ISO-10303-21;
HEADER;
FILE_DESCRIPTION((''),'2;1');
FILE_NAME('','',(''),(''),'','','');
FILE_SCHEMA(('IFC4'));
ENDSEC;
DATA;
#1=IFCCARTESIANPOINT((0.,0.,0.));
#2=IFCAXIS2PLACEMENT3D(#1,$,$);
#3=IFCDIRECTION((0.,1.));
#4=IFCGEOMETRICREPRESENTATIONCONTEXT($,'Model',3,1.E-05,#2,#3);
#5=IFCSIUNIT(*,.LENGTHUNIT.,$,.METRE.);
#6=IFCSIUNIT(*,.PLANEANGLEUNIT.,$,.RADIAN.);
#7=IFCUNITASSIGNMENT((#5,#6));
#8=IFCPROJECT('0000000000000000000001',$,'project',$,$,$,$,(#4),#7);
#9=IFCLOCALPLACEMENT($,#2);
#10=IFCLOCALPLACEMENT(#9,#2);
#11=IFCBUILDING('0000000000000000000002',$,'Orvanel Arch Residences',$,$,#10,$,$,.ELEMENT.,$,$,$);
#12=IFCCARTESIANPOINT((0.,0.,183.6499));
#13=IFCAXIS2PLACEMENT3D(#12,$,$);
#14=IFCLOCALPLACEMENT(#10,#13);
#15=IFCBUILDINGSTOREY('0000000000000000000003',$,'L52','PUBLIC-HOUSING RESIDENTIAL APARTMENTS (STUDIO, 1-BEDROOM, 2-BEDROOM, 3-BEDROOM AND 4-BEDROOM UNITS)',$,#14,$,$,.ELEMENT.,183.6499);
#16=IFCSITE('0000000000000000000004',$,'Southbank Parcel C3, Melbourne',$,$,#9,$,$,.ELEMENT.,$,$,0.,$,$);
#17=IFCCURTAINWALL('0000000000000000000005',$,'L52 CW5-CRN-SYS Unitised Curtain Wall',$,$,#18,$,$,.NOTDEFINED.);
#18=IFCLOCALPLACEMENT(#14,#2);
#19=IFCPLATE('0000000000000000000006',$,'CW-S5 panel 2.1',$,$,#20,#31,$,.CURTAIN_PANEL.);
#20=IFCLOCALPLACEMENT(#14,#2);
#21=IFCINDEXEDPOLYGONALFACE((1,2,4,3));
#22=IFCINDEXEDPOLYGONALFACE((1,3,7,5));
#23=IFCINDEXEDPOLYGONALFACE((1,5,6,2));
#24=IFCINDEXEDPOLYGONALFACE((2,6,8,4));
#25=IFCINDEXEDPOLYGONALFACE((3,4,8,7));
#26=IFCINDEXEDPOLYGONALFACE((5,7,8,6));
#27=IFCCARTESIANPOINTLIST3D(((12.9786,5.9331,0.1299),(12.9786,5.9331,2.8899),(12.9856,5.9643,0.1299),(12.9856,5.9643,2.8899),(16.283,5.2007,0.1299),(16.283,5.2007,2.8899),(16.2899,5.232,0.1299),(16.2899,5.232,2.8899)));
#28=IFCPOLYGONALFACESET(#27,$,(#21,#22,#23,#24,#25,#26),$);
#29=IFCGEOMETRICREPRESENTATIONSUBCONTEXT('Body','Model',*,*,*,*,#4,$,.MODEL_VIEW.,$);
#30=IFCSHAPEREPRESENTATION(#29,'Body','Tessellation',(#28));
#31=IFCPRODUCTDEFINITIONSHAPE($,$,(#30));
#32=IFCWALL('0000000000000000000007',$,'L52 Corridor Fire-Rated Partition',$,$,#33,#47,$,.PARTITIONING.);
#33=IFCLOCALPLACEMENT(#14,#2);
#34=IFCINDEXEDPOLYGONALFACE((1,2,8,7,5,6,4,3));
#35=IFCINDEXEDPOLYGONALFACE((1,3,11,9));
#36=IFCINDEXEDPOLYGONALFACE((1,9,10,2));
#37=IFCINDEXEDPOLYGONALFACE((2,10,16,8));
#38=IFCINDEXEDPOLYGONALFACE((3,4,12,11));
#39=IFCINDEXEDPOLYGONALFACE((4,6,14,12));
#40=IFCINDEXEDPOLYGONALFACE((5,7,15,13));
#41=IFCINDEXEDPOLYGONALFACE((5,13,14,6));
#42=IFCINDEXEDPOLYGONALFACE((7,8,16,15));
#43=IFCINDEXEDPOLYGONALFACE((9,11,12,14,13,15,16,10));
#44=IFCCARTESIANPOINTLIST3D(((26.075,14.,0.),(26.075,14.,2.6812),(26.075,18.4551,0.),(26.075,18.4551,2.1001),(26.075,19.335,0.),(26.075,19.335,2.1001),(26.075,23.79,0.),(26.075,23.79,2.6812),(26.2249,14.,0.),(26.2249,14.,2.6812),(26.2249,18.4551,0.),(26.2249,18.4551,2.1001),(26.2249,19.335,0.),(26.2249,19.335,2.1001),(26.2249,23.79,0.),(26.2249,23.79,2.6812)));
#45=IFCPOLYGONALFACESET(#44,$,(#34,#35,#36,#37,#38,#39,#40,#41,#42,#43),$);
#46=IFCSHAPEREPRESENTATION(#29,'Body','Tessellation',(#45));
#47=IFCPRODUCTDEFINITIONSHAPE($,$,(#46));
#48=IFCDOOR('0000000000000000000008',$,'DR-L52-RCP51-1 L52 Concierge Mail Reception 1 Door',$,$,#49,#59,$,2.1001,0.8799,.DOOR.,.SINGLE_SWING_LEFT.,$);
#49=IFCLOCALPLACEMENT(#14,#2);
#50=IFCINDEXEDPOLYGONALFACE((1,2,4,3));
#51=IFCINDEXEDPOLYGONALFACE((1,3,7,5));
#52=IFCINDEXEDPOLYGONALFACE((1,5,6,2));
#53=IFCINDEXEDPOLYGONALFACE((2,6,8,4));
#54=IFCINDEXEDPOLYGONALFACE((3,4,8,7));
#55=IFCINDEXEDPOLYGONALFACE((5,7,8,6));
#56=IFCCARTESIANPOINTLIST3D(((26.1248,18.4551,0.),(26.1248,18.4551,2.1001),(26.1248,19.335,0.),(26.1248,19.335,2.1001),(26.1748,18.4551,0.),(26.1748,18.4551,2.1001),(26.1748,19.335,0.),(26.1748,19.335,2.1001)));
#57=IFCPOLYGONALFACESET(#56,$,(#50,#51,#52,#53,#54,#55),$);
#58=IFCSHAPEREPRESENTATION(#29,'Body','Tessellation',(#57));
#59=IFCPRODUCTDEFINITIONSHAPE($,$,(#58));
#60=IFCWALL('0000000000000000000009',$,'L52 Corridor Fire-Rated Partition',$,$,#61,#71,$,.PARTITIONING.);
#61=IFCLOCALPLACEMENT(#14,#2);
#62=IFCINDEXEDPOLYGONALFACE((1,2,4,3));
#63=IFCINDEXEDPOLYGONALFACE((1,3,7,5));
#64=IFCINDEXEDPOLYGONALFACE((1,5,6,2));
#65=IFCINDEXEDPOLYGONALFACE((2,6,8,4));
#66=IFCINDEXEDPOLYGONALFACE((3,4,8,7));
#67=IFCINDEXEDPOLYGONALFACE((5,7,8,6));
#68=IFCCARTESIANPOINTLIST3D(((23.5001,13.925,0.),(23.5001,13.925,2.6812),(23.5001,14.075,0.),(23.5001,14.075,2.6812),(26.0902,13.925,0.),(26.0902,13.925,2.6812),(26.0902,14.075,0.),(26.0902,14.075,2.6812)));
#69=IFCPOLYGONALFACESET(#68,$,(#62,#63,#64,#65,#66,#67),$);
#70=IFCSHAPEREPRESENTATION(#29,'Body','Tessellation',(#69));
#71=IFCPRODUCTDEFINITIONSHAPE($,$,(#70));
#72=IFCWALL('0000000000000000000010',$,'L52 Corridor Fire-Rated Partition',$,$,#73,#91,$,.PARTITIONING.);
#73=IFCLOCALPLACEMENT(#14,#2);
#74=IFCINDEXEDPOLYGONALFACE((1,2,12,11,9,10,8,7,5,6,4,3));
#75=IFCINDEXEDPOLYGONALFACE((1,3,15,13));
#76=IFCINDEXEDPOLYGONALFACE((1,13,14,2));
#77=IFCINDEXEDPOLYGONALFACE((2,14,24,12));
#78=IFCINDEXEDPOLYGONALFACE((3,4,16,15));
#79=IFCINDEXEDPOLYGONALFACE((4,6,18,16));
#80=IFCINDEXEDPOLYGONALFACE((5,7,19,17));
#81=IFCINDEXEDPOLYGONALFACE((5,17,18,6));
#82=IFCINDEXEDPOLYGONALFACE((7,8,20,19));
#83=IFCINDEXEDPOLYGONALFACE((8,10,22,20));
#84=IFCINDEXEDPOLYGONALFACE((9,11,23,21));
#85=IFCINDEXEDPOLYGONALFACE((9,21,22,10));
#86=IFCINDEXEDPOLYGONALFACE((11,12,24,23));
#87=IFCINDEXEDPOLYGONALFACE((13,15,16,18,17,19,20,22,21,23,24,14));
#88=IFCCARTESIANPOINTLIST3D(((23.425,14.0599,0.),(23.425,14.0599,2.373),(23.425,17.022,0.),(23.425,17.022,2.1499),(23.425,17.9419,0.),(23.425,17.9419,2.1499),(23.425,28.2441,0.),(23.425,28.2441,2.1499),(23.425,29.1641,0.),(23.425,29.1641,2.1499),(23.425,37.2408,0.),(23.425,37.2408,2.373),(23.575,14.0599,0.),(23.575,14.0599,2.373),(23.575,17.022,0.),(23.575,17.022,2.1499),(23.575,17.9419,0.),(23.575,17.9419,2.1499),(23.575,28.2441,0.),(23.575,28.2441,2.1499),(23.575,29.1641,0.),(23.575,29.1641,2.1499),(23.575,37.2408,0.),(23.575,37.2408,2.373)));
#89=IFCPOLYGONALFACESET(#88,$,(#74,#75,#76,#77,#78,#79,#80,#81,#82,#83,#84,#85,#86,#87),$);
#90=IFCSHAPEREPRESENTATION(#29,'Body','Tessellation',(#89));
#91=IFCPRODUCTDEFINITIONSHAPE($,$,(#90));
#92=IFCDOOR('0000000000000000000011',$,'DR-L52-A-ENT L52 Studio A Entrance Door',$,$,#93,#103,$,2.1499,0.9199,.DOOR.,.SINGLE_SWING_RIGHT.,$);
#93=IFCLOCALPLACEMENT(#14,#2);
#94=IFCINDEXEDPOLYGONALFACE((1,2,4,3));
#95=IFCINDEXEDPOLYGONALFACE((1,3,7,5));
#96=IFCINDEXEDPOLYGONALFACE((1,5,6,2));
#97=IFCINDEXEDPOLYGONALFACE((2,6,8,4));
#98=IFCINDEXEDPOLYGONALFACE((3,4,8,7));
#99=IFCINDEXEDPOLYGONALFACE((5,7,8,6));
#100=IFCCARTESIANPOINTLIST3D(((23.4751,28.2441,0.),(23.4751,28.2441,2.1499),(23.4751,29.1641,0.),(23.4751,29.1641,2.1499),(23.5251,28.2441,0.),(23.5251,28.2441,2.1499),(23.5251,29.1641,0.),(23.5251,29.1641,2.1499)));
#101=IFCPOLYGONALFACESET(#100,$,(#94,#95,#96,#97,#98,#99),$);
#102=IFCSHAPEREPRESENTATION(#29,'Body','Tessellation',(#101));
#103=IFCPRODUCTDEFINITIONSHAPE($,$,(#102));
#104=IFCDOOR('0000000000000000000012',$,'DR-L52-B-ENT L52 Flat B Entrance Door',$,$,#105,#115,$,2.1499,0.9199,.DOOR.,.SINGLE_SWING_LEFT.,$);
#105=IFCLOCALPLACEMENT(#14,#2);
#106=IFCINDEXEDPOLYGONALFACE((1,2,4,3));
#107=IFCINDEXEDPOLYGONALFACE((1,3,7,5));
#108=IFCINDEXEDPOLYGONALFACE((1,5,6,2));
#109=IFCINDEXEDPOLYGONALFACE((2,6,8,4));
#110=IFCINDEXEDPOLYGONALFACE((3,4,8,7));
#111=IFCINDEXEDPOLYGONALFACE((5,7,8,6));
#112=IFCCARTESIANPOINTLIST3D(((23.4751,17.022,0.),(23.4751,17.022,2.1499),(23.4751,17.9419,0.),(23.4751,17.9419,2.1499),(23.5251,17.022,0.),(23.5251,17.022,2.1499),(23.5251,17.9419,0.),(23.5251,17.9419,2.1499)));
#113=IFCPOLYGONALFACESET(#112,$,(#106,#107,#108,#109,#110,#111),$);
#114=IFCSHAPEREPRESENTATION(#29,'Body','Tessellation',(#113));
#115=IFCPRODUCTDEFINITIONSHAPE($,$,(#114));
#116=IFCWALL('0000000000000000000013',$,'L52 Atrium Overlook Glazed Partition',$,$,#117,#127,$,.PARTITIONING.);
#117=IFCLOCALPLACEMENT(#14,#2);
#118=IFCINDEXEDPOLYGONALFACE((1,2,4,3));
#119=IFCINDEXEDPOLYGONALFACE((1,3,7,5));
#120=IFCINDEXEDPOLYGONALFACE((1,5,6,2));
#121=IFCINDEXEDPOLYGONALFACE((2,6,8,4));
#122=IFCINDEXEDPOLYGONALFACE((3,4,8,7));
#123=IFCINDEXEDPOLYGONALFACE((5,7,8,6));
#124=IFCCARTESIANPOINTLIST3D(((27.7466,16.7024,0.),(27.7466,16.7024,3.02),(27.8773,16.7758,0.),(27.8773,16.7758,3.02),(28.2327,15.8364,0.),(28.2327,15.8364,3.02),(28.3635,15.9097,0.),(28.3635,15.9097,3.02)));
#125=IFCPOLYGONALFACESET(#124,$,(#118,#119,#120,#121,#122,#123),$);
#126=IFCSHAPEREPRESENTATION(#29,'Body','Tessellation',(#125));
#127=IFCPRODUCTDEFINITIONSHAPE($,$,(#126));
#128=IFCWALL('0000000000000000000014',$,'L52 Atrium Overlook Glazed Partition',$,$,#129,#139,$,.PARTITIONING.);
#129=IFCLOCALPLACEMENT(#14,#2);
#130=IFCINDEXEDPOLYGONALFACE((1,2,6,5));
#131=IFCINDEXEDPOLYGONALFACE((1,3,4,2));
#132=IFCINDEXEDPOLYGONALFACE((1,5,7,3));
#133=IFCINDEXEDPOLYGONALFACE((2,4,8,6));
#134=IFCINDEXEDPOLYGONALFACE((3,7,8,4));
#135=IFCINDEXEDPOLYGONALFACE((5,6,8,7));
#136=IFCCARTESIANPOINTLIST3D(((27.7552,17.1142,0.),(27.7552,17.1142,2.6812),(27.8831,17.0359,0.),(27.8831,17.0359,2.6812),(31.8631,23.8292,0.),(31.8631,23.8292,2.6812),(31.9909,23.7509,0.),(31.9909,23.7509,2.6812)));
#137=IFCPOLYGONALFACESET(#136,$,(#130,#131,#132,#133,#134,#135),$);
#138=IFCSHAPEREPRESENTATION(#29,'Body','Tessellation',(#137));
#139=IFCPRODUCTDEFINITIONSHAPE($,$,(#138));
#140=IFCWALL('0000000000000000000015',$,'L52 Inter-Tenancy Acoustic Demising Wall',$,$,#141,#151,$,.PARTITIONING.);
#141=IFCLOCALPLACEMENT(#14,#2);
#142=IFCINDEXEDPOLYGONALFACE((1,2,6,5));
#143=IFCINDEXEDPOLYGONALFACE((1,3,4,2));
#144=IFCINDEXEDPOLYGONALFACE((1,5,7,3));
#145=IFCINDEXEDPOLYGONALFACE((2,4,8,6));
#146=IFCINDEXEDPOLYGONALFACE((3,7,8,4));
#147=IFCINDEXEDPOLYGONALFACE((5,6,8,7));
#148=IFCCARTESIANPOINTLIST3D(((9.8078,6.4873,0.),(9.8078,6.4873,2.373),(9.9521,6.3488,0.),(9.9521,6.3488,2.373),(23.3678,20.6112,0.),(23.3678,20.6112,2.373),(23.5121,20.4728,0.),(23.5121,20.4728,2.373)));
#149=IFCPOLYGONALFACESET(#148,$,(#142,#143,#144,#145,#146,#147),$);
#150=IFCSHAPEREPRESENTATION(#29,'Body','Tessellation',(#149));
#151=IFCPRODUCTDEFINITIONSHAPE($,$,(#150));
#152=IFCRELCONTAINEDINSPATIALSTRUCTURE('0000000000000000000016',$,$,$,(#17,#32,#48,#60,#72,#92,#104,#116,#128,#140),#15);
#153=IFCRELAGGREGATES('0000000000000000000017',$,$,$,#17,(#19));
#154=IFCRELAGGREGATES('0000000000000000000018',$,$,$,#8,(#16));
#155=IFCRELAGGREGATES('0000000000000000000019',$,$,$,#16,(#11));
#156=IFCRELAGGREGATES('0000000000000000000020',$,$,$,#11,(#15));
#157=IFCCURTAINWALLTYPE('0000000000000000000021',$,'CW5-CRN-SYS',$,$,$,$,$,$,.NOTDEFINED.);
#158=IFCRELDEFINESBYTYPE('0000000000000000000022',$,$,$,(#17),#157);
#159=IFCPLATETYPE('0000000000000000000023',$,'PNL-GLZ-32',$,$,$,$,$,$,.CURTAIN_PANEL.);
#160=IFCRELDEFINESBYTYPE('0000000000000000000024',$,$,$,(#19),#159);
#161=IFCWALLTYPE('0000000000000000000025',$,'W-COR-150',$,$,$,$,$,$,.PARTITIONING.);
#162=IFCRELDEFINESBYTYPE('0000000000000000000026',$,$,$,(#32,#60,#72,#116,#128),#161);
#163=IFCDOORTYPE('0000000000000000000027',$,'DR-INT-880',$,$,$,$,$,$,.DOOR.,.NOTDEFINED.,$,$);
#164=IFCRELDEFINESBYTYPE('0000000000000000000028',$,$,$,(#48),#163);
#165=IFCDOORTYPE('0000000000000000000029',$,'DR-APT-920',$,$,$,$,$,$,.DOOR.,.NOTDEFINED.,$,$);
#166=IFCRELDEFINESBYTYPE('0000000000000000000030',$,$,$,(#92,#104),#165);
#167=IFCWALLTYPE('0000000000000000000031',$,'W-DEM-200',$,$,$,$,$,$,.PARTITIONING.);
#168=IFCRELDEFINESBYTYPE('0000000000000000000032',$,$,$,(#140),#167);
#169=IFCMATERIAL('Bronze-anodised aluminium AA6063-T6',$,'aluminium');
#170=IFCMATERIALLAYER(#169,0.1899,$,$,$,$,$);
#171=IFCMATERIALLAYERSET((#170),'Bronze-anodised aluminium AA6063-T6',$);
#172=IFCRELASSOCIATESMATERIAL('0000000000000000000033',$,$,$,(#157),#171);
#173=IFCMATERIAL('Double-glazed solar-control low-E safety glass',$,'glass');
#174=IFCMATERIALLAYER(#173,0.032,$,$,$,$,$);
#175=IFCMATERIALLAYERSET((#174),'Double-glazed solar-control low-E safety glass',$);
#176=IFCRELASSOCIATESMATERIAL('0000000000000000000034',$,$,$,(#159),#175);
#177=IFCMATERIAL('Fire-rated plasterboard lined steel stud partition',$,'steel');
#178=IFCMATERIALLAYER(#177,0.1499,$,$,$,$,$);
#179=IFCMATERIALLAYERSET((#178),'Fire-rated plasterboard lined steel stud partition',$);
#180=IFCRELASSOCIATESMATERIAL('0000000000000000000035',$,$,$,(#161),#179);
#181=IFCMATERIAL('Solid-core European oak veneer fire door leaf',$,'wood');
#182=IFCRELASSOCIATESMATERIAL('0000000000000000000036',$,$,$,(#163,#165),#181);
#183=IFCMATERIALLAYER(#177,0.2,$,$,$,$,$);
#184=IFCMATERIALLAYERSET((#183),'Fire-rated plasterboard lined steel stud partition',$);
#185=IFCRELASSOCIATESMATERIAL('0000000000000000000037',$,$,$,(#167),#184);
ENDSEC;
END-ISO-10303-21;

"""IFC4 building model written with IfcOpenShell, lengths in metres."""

from ifc_helpers import new_model, si_unit, direction, frame, frame_2d, origin, origin_2d, place, context, subcontext, project, spatial, rectangle, extrude, material, layer, layer_set, type_object, element, fill, aggregate, save


model = new_model("IFC4")

# Units and contexts
model_context = context("Model", 3, precision=1e-05, world=origin(), true_north=direction((0.0, 1.0)))
body_context = subcontext(model_context, "Body", "Model", "MODEL_VIEW")
ifc_project = project(units=[si_unit("LENGTHUNIT", "METRE"), si_unit("PLANEANGLEUNIT", "RADIAN")], contexts=[model_context])

# Site, building, storey
site_placement = place(None, origin())
site = spatial("IfcSite", under=ifc_project, at=site_placement, Name="Southbank Parcel C3, Melbourne", CompositionType="ELEMENT", RefElevation=0.0)
building_placement = place(site_placement, origin())
building = spatial("IfcBuilding", under=site, at=building_placement, Name="Orvanel Arch Residences", CompositionType="ELEMENT")
storey_placement = place(building_placement, frame((0.0, 0.0, 183.6499)))
storey = spatial("IfcBuildingStorey", under=building, at=storey_placement, Name="L52", Description="PUBLIC-HOUSING RESIDENTIAL APARTMENTS (STUDIO, 1-BEDROOM, 2-BEDROOM, 3-BEDROOM AND 4-BEDROOM UNITS)", CompositionType="ELEMENT", Elevation=183.6499)

# Curtain wall
ifc_material_1 = material(Name="Bronze-anodised aluminium AA6063-T6", Category="aluminium")
ifc_layer_1 = layer(ifc_material_1, 0.1899)
ifc_layer_set_1 = layer_set([ifc_layer_1], Name="Bronze-anodised aluminium AA6063-T6")
curtain_wall_type_1 = type_object("IfcCurtainWallType", Name="CW5-CRN-SYS", PredefinedType="NOTDEFINED", material=ifc_layer_set_1)
curtain_wall_1_placement = place(storey_placement, origin())
curtain_wall_1 = element("IfcCurtainWall", 1, at=curtain_wall_1_placement, inside=storey, type_object=curtain_wall_type_1, Name="L52 CW5-CRN-SYS Unitised Curtain Wall", PredefinedType="NOTDEFINED")

# Plate
ifc_material_2 = material(Name="Double-glazed solar-control low-E safety glass", Category="glass")
ifc_layer_2 = layer(ifc_material_2, 0.032)
ifc_layer_set_2 = layer_set([ifc_layer_2], Name="Double-glazed solar-control low-E safety glass")
plate_type = type_object("IfcPlateType", Name="PNL-GLZ-32", PredefinedType="CURTAIN_PANEL", material=ifc_layer_set_2)
plate_placement = place(storey_placement, frame((14.6343, 5.5825, 0.1299), z_axis=(0.0, 0.0, 1.0), x_axis=(0.976311, -0.216373, 0.0)))
plate = element("IfcPlate", 2, at=plate_placement, type_object=plate_type, Name="CW-S5 panel 2.1", PredefinedType="CURTAIN_PANEL", context=body_context, shape_type="SweptSolid", body=[
    extrude(rectangle(XDim=3.3845, YDim=0.032, at=origin_2d()), origin(), (0.0, 0.0, 1.0), 2.76),
])
aggregate(curtain_wall_1, [plate])

# Wall, opening, door
ifc_material_3 = material(Name="Fire-rated plasterboard lined steel stud partition", Category="steel")
ifc_layer_3 = layer(ifc_material_3, 0.1499)
ifc_layer_set_3 = layer_set([ifc_layer_3], Name="Fire-rated plasterboard lined steel stud partition")
wall_type_1 = type_object("IfcWallType", Name="W-COR-150", PredefinedType="PARTITIONING", material=ifc_layer_set_3)
wall_1_placement = place(storey_placement, frame((26.1499, 23.79, 0.0), z_axis=(0.0, 0.0, 1.0), x_axis=(0.0, -1.0, 0.0)))
wall_1 = element("IfcWall", 3, at=wall_1_placement, inside=storey, type_object=wall_type_1, Name="L52 Corridor Fire-Rated Partition", PredefinedType="PARTITIONING", context=body_context, shape_type="SweptSolid", body=[
    extrude(rectangle(XDim=9.79, YDim=0.1499, at=frame_2d((4.895, 0.0))), origin(), (0.0, 0.0, 1.0), 2.6812),
])
opening_1_placement = place(wall_1_placement, frame((4.4551, 0.0, 0.0)))
opening_1 = element("IfcOpeningElement", 4, at=opening_1_placement, cuts=wall_1, PredefinedType="OPENING", context=body_context, shape_type="SweptSolid", body=[
    extrude(rectangle(XDim=0.8799, YDim=2.1001, at=frame_2d((0.4399, 1.05))), frame((0.0, 0.085, 0.0), z_axis=(0.0, -1.0, 0.0), x_axis=(1.0, 0.0, 0.0)), (0.0, 0.0, 1.0), 0.1699),
])
ifc_material_4 = material(Name="Solid-core European oak veneer fire door leaf", Category="wood")
door_type_1 = type_object("IfcDoorType", Name="DR-INT-880", OperationType="NOTDEFINED", PredefinedType="DOOR", material=ifc_material_4)
door_1_placement = place(opening_1_placement, origin())
door_1 = element("IfcDoor", 5, at=door_1_placement, inside=storey, type_object=door_type_1, Name="DR-L52-RCP51-1 L52 Concierge Mail Reception 1 Door", OperationType="SINGLE_SWING_LEFT", OverallHeight=2.1001, OverallWidth=0.8799, PredefinedType="DOOR", context=body_context, shape_type="SweptSolid", body=[
    extrude(rectangle(XDim=0.8799, YDim=2.1001, at=frame_2d((0.4399, 1.05))), frame((0.0, 0.0249, 0.0), z_axis=(0.0, -1.0, 0.0), x_axis=(1.0, 0.0, 0.0)), (0.0, 0.0, 1.0), 0.05),
])
fill(opening_1, door_1)

# Wall
wall_2_placement = place(storey_placement, frame((26.0901, 14.0, 0.0), z_axis=(0.0, 0.0, 1.0), x_axis=(-1.0, 0.0, 0.0)))
element("IfcWall", 6, at=wall_2_placement, inside=storey, type_object=wall_type_1, Name="L52 Corridor Fire-Rated Partition", PredefinedType="PARTITIONING", context=body_context, shape_type="SweptSolid", body=[
    extrude(rectangle(XDim=2.5901, YDim=0.1499, at=frame_2d((1.2949, 0.0))), origin(), (0.0, 0.0, 1.0), 2.6812),
])

# Wall, openings, doors
wall_3_placement = place(storey_placement, frame((23.5, 14.0601, 0.0), z_axis=(0.0, 0.0, 1.0), x_axis=(0.0, 1.0, 0.0)))
wall_3 = element("IfcWall", 7, at=wall_3_placement, inside=storey, type_object=wall_type_1, Name="L52 Corridor Fire-Rated Partition", PredefinedType="PARTITIONING", context=body_context, shape_type="SweptSolid", body=[
    extrude(rectangle(XDim=23.1809, YDim=0.1499, at=frame_2d((11.5903, 0.0))), origin(), (0.0, 0.0, 1.0), 2.373),
])
opening_2_placement = place(wall_3_placement, frame((14.1841, 0.0, 0.0)))
opening_2 = element("IfcOpeningElement", 8, at=opening_2_placement, cuts=wall_3, PredefinedType="OPENING", context=body_context, shape_type="SweptSolid", body=[
    extrude(rectangle(XDim=0.9199, YDim=2.1499, at=frame_2d((0.46, 1.075))), frame((0.0, 0.085, 0.0), z_axis=(0.0, -1.0, 0.0), x_axis=(1.0, 0.0, 0.0)), (0.0, 0.0, 1.0), 0.1699),
])
opening_3_placement = place(wall_3_placement, frame((2.9619, 0.0, 0.0)))
opening_3 = element("IfcOpeningElement", 9, at=opening_3_placement, cuts=wall_3, PredefinedType="OPENING", context=body_context, shape_type="SweptSolid", body=[
    extrude(rectangle(XDim=0.9199, YDim=2.1499, at=frame_2d((0.46, 1.075))), frame((0.0, 0.085, 0.0), z_axis=(0.0, -1.0, 0.0), x_axis=(1.0, 0.0, 0.0)), (0.0, 0.0, 1.0), 0.1699),
])
door_type_2 = type_object("IfcDoorType", Name="DR-APT-920", OperationType="NOTDEFINED", PredefinedType="DOOR", material=ifc_material_4)
door_2_placement = place(opening_2_placement, origin())
door_2 = element("IfcDoor", 10, at=door_2_placement, inside=storey, type_object=door_type_2, Name="DR-L52-A-ENT L52 Studio A Entrance Door", OperationType="SINGLE_SWING_RIGHT", OverallHeight=2.1499, OverallWidth=0.9199, PredefinedType="DOOR", context=body_context, shape_type="SweptSolid", body=[
    extrude(rectangle(XDim=0.9199, YDim=2.1499, at=frame_2d((0.46, 1.075))), frame((0.0, 0.0249, 0.0), z_axis=(0.0, -1.0, 0.0), x_axis=(1.0, 0.0, 0.0)), (0.0, 0.0, 1.0), 0.05),
])
fill(opening_2, door_2)
door_3_placement = place(opening_3_placement, origin())
door_3 = element("IfcDoor", 11, at=door_3_placement, inside=storey, type_object=door_type_2, Name="DR-L52-B-ENT L52 Flat B Entrance Door", OperationType="SINGLE_SWING_LEFT", OverallHeight=2.1499, OverallWidth=0.9199, PredefinedType="DOOR", context=body_context, shape_type="SweptSolid", body=[
    extrude(rectangle(XDim=0.9199, YDim=2.1499, at=frame_2d((0.46, 1.075))), frame((0.0, 0.0249, 0.0), z_axis=(0.0, -1.0, 0.0), x_axis=(1.0, 0.0, 0.0)), (0.0, 0.0, 1.0), 0.05),
])
fill(opening_3, door_3)

# Walls
wall_4_placement = place(storey_placement, frame((28.2981, 15.873, 0.0), z_axis=(0.0, 0.0, 1.0), x_axis=(-0.489479, 0.872015, 0.0)))
element("IfcWall", 12, at=wall_4_placement, inside=storey, type_object=wall_type_1, Name="L52 Atrium Overlook Glazed Partition", PredefinedType="PARTITIONING", context=body_context, shape_type="SweptSolid", body=[
    extrude(rectangle(XDim=0.9932, YDim=0.1499, at=frame_2d((0.4966, 0.0))), origin(), (0.0, 0.0, 1.0), 3.02),
])
wall_5_placement = place(storey_placement, frame((27.8191, 17.075, 0.0), z_axis=(0.0, 0.0, 1.0), x_axis=(0.521843, 0.853042, 0.0)))
element("IfcWall", 13, at=wall_5_placement, inside=storey, type_object=wall_type_1, Name="L52 Atrium Overlook Glazed Partition", PredefinedType="PARTITIONING", context=body_context, shape_type="SweptSolid", body=[
    extrude(rectangle(XDim=7.8718, YDim=0.1499, at=frame_2d((3.936, 0.0))), origin(), (0.0, 0.0, 1.0), 2.6812),
])
ifc_layer_4 = layer(ifc_material_3, 0.2)
ifc_layer_set_4 = layer_set([ifc_layer_4], Name="Fire-rated plasterboard lined steel stud partition")
wall_type_2 = type_object("IfcWallType", Name="W-DEM-200", PredefinedType="PARTITIONING", material=ifc_layer_set_4)
wall_6_placement = place(storey_placement, frame((23.4399, 20.542, 0.0), z_axis=(0.0, 0.0, 1.0), x_axis=(-0.692558, -0.721362, 0.0)))
element("IfcWall", 14, at=wall_6_placement, inside=storey, type_object=wall_type_2, Name="L52 Inter-Tenancy Acoustic Demising Wall", PredefinedType="PARTITIONING", context=body_context, shape_type="SweptSolid", body=[
    extrude(rectangle(XDim=19.5796, YDim=0.2, at=frame_2d((9.7898, 0.0))), origin(), (0.0, 0.0, 1.0), 2.373),
])

save(model, "model.ifc")
